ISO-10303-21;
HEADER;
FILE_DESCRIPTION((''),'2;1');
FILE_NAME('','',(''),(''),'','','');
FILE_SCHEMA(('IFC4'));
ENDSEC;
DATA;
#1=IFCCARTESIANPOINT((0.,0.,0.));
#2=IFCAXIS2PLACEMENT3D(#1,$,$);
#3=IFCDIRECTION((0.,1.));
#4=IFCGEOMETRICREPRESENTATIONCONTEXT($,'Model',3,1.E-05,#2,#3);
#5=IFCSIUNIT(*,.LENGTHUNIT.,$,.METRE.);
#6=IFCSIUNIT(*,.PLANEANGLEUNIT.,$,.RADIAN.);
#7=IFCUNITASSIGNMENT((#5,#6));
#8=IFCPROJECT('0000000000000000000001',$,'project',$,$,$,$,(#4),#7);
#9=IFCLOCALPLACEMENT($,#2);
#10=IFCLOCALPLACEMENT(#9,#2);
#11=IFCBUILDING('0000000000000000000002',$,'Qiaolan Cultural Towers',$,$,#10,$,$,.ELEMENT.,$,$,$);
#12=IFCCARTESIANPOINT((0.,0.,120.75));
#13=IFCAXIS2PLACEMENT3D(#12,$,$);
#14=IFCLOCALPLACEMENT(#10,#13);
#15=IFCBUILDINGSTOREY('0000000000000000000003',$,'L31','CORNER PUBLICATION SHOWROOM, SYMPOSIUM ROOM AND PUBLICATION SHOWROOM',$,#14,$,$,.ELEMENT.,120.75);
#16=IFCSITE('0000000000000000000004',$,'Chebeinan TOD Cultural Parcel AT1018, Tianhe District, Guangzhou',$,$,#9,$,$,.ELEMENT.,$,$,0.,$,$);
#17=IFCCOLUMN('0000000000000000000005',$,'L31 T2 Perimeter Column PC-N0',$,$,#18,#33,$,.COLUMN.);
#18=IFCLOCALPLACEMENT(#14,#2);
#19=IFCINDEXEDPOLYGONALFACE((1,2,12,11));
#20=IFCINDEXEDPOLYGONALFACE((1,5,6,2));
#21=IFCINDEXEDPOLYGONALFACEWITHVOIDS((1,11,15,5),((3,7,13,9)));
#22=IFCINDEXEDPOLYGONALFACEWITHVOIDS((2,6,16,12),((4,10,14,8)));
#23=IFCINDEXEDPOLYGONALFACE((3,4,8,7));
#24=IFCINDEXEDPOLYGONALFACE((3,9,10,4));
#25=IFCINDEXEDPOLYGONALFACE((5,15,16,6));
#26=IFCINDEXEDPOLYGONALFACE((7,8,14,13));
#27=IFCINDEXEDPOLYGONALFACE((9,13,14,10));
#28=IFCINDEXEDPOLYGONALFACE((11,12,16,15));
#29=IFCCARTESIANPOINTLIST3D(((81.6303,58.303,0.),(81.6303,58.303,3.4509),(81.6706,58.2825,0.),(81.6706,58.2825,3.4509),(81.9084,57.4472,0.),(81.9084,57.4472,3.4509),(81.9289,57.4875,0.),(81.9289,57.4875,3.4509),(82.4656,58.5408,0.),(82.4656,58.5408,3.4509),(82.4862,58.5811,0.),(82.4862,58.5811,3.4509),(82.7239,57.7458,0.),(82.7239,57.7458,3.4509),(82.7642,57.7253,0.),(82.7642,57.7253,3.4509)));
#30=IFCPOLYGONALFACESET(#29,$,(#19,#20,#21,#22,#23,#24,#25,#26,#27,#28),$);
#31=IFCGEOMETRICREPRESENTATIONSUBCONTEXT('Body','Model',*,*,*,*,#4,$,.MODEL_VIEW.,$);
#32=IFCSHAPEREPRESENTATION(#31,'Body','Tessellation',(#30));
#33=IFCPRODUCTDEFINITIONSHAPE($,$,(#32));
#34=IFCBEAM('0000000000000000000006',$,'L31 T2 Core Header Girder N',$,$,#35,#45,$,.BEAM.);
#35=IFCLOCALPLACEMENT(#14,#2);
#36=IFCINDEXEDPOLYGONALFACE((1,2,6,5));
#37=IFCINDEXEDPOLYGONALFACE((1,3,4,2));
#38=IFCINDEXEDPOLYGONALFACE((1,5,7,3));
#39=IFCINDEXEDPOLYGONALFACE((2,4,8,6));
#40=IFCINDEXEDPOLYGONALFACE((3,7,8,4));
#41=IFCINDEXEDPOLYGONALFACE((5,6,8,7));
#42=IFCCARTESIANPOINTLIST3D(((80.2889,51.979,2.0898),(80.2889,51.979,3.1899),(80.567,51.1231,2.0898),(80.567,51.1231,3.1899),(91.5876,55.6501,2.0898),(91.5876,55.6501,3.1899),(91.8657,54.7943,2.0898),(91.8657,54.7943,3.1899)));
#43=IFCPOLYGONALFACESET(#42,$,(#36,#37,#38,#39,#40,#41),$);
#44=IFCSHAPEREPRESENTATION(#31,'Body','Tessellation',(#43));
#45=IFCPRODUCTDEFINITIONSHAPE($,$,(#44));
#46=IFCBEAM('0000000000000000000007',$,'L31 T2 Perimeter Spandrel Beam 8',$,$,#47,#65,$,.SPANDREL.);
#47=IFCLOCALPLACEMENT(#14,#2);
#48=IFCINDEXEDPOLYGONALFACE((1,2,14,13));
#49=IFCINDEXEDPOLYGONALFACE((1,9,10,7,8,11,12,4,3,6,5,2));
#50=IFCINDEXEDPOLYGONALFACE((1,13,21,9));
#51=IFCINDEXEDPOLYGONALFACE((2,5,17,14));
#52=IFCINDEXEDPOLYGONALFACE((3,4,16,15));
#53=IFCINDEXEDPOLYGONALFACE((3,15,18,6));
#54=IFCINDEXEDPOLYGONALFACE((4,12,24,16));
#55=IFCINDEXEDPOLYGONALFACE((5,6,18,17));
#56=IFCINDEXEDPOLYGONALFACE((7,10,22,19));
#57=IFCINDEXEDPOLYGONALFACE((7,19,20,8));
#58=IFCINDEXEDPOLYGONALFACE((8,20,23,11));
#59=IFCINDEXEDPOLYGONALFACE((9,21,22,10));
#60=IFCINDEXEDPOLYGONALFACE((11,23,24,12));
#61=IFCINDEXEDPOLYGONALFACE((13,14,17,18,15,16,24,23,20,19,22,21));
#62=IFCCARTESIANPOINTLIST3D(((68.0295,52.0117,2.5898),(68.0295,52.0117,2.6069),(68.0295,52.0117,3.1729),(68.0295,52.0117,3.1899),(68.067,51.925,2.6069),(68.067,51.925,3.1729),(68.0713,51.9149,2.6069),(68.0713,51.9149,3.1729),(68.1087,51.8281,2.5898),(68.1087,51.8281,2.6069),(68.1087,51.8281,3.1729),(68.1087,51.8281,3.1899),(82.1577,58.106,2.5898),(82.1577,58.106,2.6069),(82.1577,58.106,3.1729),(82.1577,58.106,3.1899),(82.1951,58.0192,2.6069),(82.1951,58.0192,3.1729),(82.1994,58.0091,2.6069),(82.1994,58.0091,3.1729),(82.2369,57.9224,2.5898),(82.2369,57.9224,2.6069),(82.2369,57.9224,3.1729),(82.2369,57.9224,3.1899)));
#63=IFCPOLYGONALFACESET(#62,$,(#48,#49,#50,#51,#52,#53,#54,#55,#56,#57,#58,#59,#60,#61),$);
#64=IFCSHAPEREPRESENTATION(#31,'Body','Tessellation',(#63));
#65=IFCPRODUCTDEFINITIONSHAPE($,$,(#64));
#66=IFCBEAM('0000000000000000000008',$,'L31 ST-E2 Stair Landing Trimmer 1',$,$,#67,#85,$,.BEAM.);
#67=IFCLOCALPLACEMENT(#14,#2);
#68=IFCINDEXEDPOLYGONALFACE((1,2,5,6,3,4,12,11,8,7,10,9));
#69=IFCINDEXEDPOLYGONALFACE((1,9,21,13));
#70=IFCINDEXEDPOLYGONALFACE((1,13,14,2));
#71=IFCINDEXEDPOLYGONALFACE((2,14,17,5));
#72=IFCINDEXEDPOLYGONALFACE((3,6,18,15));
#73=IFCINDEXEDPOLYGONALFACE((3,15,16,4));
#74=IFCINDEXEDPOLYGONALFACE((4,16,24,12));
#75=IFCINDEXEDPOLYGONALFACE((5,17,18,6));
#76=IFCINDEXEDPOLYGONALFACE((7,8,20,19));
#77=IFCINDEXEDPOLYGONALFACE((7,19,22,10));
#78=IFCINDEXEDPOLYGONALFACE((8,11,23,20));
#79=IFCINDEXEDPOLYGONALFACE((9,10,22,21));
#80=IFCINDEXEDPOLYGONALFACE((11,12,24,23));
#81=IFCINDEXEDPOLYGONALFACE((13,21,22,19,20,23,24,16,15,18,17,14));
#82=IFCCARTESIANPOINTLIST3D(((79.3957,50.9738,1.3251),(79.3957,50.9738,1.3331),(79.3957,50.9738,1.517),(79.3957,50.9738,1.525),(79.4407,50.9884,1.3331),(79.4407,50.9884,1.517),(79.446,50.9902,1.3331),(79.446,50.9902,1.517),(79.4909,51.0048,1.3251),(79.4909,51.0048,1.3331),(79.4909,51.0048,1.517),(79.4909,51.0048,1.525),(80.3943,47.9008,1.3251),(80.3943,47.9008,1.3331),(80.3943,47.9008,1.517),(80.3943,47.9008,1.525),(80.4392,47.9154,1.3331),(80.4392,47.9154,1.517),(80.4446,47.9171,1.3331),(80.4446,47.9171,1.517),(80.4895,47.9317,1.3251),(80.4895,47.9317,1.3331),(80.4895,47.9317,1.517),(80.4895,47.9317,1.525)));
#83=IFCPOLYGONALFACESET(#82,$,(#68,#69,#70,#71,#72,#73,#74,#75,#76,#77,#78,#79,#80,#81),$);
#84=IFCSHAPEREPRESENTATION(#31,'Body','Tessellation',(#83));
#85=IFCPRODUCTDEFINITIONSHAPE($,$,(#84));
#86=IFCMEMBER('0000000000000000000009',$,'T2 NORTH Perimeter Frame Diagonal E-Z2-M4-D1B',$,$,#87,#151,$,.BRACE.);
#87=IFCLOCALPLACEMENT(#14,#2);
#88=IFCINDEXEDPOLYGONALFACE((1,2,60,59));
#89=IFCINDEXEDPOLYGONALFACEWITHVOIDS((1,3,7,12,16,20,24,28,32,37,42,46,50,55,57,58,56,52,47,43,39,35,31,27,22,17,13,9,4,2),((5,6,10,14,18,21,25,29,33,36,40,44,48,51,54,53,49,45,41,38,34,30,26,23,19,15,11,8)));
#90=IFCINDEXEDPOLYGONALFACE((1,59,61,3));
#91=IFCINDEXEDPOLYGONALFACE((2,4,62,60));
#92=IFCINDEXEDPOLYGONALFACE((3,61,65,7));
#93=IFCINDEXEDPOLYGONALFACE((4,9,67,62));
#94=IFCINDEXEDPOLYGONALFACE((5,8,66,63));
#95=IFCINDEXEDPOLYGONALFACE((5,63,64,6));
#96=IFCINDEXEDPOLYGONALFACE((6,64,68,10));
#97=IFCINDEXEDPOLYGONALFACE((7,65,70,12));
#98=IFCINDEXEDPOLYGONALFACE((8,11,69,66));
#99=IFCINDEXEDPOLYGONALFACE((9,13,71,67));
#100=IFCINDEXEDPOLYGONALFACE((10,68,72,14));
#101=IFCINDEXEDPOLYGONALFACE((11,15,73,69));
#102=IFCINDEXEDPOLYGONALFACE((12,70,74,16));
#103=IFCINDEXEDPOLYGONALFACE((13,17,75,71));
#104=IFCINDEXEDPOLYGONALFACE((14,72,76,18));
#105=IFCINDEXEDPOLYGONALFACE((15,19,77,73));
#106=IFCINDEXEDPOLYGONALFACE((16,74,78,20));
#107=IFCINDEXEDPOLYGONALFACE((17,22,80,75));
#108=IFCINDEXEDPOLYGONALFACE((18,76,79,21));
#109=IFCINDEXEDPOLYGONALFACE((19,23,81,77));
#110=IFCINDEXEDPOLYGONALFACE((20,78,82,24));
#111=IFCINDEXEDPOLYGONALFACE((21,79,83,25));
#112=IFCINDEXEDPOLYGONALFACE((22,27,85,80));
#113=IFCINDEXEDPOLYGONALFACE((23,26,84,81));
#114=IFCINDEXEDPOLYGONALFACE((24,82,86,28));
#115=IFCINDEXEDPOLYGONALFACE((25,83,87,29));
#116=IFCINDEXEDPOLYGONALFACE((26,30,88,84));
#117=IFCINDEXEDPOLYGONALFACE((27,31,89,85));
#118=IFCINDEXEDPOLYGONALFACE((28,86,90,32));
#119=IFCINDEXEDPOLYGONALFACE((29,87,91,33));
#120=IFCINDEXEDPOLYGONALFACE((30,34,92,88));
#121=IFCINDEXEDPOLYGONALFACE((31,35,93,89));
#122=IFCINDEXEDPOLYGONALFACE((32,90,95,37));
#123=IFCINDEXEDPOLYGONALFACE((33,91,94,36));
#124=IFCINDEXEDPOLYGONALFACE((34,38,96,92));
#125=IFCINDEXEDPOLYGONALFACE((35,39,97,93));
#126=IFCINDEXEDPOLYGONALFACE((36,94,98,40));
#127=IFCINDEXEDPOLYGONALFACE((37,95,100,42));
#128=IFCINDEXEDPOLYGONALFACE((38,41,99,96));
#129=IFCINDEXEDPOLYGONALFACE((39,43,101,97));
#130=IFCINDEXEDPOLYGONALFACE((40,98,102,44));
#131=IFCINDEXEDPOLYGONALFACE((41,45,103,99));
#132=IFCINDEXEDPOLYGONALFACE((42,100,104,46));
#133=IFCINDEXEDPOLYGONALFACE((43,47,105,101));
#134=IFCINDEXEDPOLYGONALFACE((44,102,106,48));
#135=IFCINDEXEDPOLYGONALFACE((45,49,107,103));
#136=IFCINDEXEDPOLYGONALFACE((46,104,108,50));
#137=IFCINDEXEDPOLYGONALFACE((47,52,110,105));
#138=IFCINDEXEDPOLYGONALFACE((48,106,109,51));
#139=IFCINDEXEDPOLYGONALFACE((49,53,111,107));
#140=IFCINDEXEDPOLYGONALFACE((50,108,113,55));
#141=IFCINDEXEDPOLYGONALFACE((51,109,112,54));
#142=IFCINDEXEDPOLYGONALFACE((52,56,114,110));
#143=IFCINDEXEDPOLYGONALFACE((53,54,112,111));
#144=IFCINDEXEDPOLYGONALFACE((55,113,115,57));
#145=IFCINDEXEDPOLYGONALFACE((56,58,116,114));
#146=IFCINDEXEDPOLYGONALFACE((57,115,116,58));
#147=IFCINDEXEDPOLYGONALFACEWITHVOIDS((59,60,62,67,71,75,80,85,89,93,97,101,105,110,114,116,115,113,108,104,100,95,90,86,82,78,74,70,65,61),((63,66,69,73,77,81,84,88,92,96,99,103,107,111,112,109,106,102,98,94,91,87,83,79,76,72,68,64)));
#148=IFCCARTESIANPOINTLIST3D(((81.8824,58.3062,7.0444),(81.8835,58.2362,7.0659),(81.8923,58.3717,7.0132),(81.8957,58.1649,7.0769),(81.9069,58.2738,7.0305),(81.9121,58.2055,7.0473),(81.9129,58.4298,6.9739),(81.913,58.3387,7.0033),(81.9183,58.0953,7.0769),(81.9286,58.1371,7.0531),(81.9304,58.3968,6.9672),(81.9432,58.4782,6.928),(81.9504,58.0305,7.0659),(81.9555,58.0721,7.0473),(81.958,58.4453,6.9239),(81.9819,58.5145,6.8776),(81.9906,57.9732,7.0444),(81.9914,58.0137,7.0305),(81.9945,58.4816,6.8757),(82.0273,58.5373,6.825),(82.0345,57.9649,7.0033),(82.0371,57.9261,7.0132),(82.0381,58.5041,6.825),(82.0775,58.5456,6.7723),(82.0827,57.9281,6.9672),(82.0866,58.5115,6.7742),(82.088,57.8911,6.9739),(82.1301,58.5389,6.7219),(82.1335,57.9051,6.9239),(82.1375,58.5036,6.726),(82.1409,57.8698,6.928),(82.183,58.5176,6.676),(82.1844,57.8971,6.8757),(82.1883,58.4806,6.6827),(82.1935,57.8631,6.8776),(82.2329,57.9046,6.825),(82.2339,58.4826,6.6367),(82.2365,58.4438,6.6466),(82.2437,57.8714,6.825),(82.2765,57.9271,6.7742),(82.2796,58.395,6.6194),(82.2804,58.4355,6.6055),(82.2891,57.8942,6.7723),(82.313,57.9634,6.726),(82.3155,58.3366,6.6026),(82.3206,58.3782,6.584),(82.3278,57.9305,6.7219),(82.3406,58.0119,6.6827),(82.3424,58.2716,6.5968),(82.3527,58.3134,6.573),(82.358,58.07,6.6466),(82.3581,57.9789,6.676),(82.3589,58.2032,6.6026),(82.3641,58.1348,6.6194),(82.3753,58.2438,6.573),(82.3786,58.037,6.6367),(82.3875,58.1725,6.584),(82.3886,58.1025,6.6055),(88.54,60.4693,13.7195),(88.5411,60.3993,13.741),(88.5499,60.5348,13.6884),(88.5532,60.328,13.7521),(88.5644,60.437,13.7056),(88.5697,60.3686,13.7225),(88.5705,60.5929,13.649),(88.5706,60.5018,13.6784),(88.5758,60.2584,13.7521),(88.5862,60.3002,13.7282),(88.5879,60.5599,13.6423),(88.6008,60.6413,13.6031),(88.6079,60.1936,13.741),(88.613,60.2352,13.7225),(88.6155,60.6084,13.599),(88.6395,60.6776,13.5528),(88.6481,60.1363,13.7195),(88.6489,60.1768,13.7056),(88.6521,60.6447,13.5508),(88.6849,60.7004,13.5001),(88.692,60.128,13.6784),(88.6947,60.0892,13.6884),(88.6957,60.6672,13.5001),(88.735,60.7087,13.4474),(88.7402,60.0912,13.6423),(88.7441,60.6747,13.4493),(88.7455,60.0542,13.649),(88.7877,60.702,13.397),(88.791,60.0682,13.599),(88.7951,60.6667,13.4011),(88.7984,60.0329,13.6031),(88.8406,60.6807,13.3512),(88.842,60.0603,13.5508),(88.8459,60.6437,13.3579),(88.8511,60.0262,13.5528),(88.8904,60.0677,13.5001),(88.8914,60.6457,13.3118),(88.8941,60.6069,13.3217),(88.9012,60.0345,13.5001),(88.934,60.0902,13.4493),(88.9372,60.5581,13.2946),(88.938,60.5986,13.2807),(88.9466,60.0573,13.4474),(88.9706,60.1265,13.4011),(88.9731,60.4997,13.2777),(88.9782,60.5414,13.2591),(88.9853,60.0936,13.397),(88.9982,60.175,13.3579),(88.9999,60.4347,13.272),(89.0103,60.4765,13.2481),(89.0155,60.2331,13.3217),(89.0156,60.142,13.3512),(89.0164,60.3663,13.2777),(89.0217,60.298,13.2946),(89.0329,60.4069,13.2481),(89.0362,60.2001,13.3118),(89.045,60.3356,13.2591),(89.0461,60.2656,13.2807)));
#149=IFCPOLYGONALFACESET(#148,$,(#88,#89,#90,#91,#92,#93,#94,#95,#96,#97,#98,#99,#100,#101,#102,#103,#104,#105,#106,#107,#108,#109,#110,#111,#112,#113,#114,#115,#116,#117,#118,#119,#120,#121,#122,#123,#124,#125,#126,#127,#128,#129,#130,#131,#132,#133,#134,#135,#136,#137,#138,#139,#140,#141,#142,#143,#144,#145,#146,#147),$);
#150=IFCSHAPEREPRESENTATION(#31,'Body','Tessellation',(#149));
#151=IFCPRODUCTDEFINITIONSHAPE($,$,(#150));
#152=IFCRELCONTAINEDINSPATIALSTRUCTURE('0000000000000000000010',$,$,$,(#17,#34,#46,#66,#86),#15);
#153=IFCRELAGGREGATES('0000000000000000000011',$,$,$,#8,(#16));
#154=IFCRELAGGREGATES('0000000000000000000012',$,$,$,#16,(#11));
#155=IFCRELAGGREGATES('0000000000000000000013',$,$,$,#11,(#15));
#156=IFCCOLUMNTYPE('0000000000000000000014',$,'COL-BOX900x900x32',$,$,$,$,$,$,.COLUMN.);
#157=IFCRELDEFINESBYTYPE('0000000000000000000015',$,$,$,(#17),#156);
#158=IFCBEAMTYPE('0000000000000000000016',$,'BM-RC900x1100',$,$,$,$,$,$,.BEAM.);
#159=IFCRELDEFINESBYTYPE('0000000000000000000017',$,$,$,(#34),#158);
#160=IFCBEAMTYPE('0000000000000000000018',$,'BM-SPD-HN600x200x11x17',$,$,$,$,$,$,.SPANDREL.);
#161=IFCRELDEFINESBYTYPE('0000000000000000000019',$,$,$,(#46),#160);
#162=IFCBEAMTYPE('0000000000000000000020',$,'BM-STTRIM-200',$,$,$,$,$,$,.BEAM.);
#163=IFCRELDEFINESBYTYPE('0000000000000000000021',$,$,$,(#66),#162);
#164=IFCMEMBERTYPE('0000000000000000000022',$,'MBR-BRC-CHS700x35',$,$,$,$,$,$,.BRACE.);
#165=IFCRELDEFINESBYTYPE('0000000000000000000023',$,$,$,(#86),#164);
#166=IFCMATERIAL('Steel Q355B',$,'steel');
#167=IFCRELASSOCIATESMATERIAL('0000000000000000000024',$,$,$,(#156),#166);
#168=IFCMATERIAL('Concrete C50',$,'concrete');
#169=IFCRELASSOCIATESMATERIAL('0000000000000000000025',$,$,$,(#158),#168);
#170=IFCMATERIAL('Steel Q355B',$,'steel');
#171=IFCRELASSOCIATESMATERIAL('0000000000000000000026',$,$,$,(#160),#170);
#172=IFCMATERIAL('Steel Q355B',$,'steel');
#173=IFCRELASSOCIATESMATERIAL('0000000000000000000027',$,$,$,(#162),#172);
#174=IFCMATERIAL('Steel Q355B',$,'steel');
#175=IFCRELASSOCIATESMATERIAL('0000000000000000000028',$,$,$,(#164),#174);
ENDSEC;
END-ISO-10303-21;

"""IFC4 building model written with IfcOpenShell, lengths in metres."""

from ifc_helpers import new_model, si_unit, direction, frame, origin, origin_2d, place, context, subcontext, project, spatial, rectangle, hollow_rectangle, hollow_circle, i_section, extrude, material, material_profile, profile_set, type_object, element, save


model = new_model("IFC4")

# Units and contexts
model_context = context("Model", 3, precision=1e-05, world=origin(), true_north=direction((0.0, 1.0)))
body_context = subcontext(model_context, "Body", "Model", "MODEL_VIEW")
ifc_project = project(units=[si_unit("LENGTHUNIT", "METRE"), si_unit("PLANEANGLEUNIT", "RADIAN")], contexts=[model_context])

# Site, building, storey
site_placement = place(None, origin())
site = spatial("IfcSite", under=ifc_project, at=site_placement, Name="Chebeinan TOD Cultural Parcel AT1018, Tianhe District, Guangzhou", CompositionType="ELEMENT", RefElevation=0.0)
building_placement = place(site_placement, origin())
building = spatial("IfcBuilding", under=site, at=building_placement, Name="Qiaolan Cultural Towers", CompositionType="ELEMENT")
storey_placement = place(building_placement, frame((0.0, 0.0, 120.75)))
storey = spatial("IfcBuildingStorey", under=building, at=storey_placement, Name="L31", Description="CORNER PUBLICATION SHOWROOM, SYMPOSIUM ROOM AND PUBLICATION SHOWROOM", CompositionType="ELEMENT", Elevation=120.75)

# Column
ifc_material_1 = material(Name="Steel Q355B", Category="steel")
ifc_material_profile_1 = material_profile(ifc_material_1, hollow_rectangle(XDim=0.8999, YDim=0.8999, WallThickness=0.032, at=origin_2d()), Name="BOX900x900x32")
ifc_profile_set_1 = profile_set([ifc_material_profile_1], Name="Steel Q355B")
column_type = type_object("IfcColumnType", Name="COL-BOX900x900x32", PredefinedType="COLUMN", material=ifc_profile_set_1)
column_placement = place(storey_placement, frame((82.1973, 58.0142, 0.0), z_axis=(0.0, 0.0, 1.0), x_axis=(0.951057, 0.309017, 0.0)))
element("IfcColumn", 1, at=column_placement, inside=storey, type_object=column_type, Name="L31 T2 Perimeter Column PC-N0", PredefinedType="COLUMN", context=body_context, shape_type="SweptSolid", body=[
    extrude(hollow_rectangle(XDim=0.8999, YDim=0.8999, WallThickness=0.032, at=origin_2d()), origin(), (0.0, 0.0, 1.0), 3.4509),
])

# Beams
ifc_material_2 = material(Name="Concrete C50", Category="concrete")
ifc_material_profile_2 = material_profile(ifc_material_2, rectangle(XDim=0.8999, YDim=1.1001, at=origin_2d()), Name="RC900x1100")
ifc_profile_set_2 = profile_set([ifc_material_profile_2], Name="Concrete C50")
beam_type_1 = type_object("IfcBeamType", Name="BM-RC900x1100", PredefinedType="BEAM", material=ifc_profile_set_2)
beam_1_placement = place(storey_placement, frame((80.428, 51.551, 2.6399), z_axis=(0.951056, 0.309018, 0.0), x_axis=(-0.309018, 0.951056, 0.0)))
element("IfcBeam", 2, at=beam_1_placement, inside=storey, type_object=beam_type_1, Name="L31 T2 Core Header Girder N", PredefinedType="BEAM", context=body_context, shape_type="SweptSolid", body=[
    extrude(rectangle(XDim=0.8999, YDim=1.1001, at=origin_2d()), origin(), (0.0, 0.0, 1.0), 11.8801),
])
ifc_material_3 = material(Name="Steel Q355B", Category="steel")
ifc_material_profile_3 = material_profile(ifc_material_3, i_section(OverallWidth=0.2, OverallDepth=0.6001, WebThickness=0.011, FlangeThickness=0.0171, at=origin_2d()), Name="HN600x200x11x17")
ifc_profile_set_3 = profile_set([ifc_material_profile_3], Name="Steel Q355B")
beam_type_2 = type_object("IfcBeamType", Name="BM-SPD-HN600x200x11x17", PredefinedType="SPANDREL", material=ifc_profile_set_3)
beam_2_placement = place(storey_placement, frame((82.1973, 58.0142, 2.8899), z_axis=(-0.918218, -0.396076, 0.0), x_axis=(0.396076, -0.918218, 0.0)))
element("IfcBeam", 3, at=beam_2_placement, inside=storey, type_object=beam_type_2, Name="L31 T2 Perimeter Spandrel Beam 8", PredefinedType="SPANDREL", context=body_context, shape_type="SweptSolid", body=[
    extrude(i_section(OverallWidth=0.2, OverallDepth=0.6001, WebThickness=0.011, FlangeThickness=0.0171, at=origin_2d()), origin(), (0.0, 0.0, 1.0), 15.3865),
])
ifc_material_4 = material(Name="Steel Q355B", Category="steel")
ifc_material_profile_4 = material_profile(ifc_material_4, i_section(OverallWidth=0.1001, OverallDepth=0.2, WebThickness=0.0056, FlangeThickness=0.0081, at=origin_2d()), Name="HN200x100x5.5x8")
ifc_profile_set_4 = profile_set([ifc_material_profile_4], Name="Steel Q355B")
beam_type_3 = type_object("IfcBeamType", Name="BM-STTRIM-200", PredefinedType="BEAM", material=ifc_profile_set_4)
beam_3_placement = place(storey_placement, frame((80.4419, 47.9163, 1.425), z_axis=(-0.309033, 0.951051, 0.0), x_axis=(-0.951051, -0.309033, 0.0)))
element("IfcBeam", 4, at=beam_3_placement, inside=storey, type_object=beam_type_3, Name="L31 ST-E2 Stair Landing Trimmer 1", PredefinedType="BEAM", context=body_context, shape_type="SweptSolid", body=[
    extrude(i_section(OverallWidth=0.1001, OverallDepth=0.2, WebThickness=0.0056, FlangeThickness=0.0081, at=origin_2d()), origin(), (0.0, 0.0, 1.0), 3.2312),
])

# Member
ifc_material_5 = material(Name="Steel Q355B", Category="steel")
ifc_material_profile_5 = material_profile(ifc_material_5, hollow_circle(Radius=0.3501, WallThickness=0.0349, at=origin_2d()), Name="CHS700x35")
ifc_profile_set_5 = profile_set([ifc_material_profile_5], Name="Steel Q355B")
member_type = type_object("IfcMemberType", Name="MBR-BRC-CHS700x35", PredefinedType="BRACE", material=ifc_profile_set_5)
for number, where, z_axis, x_axis, name in (
    (5, (82.1355, 58.2043, 6.825), (0.688289, 0.223633, 0.690106), (-0.30901, 0.951059, 0.0), "T2 NORTH Perimeter Frame Diagonal E-Z2-M4-D1B"),
):
    element("IfcMember", number, at=place(storey_placement, frame(where, z_axis=z_axis, x_axis=x_axis)), inside=storey, type_object=member_type, Name=name, PredefinedType="BRACE", context=body_context, shape_type="SweptSolid", body=[
        extrude(hollow_circle(Radius=0.3501, WallThickness=0.0349, at=origin_2d()), origin(), (0.0, 0.0, 1.0), 9.6726),
    ])

save(model, "model.ifc")
